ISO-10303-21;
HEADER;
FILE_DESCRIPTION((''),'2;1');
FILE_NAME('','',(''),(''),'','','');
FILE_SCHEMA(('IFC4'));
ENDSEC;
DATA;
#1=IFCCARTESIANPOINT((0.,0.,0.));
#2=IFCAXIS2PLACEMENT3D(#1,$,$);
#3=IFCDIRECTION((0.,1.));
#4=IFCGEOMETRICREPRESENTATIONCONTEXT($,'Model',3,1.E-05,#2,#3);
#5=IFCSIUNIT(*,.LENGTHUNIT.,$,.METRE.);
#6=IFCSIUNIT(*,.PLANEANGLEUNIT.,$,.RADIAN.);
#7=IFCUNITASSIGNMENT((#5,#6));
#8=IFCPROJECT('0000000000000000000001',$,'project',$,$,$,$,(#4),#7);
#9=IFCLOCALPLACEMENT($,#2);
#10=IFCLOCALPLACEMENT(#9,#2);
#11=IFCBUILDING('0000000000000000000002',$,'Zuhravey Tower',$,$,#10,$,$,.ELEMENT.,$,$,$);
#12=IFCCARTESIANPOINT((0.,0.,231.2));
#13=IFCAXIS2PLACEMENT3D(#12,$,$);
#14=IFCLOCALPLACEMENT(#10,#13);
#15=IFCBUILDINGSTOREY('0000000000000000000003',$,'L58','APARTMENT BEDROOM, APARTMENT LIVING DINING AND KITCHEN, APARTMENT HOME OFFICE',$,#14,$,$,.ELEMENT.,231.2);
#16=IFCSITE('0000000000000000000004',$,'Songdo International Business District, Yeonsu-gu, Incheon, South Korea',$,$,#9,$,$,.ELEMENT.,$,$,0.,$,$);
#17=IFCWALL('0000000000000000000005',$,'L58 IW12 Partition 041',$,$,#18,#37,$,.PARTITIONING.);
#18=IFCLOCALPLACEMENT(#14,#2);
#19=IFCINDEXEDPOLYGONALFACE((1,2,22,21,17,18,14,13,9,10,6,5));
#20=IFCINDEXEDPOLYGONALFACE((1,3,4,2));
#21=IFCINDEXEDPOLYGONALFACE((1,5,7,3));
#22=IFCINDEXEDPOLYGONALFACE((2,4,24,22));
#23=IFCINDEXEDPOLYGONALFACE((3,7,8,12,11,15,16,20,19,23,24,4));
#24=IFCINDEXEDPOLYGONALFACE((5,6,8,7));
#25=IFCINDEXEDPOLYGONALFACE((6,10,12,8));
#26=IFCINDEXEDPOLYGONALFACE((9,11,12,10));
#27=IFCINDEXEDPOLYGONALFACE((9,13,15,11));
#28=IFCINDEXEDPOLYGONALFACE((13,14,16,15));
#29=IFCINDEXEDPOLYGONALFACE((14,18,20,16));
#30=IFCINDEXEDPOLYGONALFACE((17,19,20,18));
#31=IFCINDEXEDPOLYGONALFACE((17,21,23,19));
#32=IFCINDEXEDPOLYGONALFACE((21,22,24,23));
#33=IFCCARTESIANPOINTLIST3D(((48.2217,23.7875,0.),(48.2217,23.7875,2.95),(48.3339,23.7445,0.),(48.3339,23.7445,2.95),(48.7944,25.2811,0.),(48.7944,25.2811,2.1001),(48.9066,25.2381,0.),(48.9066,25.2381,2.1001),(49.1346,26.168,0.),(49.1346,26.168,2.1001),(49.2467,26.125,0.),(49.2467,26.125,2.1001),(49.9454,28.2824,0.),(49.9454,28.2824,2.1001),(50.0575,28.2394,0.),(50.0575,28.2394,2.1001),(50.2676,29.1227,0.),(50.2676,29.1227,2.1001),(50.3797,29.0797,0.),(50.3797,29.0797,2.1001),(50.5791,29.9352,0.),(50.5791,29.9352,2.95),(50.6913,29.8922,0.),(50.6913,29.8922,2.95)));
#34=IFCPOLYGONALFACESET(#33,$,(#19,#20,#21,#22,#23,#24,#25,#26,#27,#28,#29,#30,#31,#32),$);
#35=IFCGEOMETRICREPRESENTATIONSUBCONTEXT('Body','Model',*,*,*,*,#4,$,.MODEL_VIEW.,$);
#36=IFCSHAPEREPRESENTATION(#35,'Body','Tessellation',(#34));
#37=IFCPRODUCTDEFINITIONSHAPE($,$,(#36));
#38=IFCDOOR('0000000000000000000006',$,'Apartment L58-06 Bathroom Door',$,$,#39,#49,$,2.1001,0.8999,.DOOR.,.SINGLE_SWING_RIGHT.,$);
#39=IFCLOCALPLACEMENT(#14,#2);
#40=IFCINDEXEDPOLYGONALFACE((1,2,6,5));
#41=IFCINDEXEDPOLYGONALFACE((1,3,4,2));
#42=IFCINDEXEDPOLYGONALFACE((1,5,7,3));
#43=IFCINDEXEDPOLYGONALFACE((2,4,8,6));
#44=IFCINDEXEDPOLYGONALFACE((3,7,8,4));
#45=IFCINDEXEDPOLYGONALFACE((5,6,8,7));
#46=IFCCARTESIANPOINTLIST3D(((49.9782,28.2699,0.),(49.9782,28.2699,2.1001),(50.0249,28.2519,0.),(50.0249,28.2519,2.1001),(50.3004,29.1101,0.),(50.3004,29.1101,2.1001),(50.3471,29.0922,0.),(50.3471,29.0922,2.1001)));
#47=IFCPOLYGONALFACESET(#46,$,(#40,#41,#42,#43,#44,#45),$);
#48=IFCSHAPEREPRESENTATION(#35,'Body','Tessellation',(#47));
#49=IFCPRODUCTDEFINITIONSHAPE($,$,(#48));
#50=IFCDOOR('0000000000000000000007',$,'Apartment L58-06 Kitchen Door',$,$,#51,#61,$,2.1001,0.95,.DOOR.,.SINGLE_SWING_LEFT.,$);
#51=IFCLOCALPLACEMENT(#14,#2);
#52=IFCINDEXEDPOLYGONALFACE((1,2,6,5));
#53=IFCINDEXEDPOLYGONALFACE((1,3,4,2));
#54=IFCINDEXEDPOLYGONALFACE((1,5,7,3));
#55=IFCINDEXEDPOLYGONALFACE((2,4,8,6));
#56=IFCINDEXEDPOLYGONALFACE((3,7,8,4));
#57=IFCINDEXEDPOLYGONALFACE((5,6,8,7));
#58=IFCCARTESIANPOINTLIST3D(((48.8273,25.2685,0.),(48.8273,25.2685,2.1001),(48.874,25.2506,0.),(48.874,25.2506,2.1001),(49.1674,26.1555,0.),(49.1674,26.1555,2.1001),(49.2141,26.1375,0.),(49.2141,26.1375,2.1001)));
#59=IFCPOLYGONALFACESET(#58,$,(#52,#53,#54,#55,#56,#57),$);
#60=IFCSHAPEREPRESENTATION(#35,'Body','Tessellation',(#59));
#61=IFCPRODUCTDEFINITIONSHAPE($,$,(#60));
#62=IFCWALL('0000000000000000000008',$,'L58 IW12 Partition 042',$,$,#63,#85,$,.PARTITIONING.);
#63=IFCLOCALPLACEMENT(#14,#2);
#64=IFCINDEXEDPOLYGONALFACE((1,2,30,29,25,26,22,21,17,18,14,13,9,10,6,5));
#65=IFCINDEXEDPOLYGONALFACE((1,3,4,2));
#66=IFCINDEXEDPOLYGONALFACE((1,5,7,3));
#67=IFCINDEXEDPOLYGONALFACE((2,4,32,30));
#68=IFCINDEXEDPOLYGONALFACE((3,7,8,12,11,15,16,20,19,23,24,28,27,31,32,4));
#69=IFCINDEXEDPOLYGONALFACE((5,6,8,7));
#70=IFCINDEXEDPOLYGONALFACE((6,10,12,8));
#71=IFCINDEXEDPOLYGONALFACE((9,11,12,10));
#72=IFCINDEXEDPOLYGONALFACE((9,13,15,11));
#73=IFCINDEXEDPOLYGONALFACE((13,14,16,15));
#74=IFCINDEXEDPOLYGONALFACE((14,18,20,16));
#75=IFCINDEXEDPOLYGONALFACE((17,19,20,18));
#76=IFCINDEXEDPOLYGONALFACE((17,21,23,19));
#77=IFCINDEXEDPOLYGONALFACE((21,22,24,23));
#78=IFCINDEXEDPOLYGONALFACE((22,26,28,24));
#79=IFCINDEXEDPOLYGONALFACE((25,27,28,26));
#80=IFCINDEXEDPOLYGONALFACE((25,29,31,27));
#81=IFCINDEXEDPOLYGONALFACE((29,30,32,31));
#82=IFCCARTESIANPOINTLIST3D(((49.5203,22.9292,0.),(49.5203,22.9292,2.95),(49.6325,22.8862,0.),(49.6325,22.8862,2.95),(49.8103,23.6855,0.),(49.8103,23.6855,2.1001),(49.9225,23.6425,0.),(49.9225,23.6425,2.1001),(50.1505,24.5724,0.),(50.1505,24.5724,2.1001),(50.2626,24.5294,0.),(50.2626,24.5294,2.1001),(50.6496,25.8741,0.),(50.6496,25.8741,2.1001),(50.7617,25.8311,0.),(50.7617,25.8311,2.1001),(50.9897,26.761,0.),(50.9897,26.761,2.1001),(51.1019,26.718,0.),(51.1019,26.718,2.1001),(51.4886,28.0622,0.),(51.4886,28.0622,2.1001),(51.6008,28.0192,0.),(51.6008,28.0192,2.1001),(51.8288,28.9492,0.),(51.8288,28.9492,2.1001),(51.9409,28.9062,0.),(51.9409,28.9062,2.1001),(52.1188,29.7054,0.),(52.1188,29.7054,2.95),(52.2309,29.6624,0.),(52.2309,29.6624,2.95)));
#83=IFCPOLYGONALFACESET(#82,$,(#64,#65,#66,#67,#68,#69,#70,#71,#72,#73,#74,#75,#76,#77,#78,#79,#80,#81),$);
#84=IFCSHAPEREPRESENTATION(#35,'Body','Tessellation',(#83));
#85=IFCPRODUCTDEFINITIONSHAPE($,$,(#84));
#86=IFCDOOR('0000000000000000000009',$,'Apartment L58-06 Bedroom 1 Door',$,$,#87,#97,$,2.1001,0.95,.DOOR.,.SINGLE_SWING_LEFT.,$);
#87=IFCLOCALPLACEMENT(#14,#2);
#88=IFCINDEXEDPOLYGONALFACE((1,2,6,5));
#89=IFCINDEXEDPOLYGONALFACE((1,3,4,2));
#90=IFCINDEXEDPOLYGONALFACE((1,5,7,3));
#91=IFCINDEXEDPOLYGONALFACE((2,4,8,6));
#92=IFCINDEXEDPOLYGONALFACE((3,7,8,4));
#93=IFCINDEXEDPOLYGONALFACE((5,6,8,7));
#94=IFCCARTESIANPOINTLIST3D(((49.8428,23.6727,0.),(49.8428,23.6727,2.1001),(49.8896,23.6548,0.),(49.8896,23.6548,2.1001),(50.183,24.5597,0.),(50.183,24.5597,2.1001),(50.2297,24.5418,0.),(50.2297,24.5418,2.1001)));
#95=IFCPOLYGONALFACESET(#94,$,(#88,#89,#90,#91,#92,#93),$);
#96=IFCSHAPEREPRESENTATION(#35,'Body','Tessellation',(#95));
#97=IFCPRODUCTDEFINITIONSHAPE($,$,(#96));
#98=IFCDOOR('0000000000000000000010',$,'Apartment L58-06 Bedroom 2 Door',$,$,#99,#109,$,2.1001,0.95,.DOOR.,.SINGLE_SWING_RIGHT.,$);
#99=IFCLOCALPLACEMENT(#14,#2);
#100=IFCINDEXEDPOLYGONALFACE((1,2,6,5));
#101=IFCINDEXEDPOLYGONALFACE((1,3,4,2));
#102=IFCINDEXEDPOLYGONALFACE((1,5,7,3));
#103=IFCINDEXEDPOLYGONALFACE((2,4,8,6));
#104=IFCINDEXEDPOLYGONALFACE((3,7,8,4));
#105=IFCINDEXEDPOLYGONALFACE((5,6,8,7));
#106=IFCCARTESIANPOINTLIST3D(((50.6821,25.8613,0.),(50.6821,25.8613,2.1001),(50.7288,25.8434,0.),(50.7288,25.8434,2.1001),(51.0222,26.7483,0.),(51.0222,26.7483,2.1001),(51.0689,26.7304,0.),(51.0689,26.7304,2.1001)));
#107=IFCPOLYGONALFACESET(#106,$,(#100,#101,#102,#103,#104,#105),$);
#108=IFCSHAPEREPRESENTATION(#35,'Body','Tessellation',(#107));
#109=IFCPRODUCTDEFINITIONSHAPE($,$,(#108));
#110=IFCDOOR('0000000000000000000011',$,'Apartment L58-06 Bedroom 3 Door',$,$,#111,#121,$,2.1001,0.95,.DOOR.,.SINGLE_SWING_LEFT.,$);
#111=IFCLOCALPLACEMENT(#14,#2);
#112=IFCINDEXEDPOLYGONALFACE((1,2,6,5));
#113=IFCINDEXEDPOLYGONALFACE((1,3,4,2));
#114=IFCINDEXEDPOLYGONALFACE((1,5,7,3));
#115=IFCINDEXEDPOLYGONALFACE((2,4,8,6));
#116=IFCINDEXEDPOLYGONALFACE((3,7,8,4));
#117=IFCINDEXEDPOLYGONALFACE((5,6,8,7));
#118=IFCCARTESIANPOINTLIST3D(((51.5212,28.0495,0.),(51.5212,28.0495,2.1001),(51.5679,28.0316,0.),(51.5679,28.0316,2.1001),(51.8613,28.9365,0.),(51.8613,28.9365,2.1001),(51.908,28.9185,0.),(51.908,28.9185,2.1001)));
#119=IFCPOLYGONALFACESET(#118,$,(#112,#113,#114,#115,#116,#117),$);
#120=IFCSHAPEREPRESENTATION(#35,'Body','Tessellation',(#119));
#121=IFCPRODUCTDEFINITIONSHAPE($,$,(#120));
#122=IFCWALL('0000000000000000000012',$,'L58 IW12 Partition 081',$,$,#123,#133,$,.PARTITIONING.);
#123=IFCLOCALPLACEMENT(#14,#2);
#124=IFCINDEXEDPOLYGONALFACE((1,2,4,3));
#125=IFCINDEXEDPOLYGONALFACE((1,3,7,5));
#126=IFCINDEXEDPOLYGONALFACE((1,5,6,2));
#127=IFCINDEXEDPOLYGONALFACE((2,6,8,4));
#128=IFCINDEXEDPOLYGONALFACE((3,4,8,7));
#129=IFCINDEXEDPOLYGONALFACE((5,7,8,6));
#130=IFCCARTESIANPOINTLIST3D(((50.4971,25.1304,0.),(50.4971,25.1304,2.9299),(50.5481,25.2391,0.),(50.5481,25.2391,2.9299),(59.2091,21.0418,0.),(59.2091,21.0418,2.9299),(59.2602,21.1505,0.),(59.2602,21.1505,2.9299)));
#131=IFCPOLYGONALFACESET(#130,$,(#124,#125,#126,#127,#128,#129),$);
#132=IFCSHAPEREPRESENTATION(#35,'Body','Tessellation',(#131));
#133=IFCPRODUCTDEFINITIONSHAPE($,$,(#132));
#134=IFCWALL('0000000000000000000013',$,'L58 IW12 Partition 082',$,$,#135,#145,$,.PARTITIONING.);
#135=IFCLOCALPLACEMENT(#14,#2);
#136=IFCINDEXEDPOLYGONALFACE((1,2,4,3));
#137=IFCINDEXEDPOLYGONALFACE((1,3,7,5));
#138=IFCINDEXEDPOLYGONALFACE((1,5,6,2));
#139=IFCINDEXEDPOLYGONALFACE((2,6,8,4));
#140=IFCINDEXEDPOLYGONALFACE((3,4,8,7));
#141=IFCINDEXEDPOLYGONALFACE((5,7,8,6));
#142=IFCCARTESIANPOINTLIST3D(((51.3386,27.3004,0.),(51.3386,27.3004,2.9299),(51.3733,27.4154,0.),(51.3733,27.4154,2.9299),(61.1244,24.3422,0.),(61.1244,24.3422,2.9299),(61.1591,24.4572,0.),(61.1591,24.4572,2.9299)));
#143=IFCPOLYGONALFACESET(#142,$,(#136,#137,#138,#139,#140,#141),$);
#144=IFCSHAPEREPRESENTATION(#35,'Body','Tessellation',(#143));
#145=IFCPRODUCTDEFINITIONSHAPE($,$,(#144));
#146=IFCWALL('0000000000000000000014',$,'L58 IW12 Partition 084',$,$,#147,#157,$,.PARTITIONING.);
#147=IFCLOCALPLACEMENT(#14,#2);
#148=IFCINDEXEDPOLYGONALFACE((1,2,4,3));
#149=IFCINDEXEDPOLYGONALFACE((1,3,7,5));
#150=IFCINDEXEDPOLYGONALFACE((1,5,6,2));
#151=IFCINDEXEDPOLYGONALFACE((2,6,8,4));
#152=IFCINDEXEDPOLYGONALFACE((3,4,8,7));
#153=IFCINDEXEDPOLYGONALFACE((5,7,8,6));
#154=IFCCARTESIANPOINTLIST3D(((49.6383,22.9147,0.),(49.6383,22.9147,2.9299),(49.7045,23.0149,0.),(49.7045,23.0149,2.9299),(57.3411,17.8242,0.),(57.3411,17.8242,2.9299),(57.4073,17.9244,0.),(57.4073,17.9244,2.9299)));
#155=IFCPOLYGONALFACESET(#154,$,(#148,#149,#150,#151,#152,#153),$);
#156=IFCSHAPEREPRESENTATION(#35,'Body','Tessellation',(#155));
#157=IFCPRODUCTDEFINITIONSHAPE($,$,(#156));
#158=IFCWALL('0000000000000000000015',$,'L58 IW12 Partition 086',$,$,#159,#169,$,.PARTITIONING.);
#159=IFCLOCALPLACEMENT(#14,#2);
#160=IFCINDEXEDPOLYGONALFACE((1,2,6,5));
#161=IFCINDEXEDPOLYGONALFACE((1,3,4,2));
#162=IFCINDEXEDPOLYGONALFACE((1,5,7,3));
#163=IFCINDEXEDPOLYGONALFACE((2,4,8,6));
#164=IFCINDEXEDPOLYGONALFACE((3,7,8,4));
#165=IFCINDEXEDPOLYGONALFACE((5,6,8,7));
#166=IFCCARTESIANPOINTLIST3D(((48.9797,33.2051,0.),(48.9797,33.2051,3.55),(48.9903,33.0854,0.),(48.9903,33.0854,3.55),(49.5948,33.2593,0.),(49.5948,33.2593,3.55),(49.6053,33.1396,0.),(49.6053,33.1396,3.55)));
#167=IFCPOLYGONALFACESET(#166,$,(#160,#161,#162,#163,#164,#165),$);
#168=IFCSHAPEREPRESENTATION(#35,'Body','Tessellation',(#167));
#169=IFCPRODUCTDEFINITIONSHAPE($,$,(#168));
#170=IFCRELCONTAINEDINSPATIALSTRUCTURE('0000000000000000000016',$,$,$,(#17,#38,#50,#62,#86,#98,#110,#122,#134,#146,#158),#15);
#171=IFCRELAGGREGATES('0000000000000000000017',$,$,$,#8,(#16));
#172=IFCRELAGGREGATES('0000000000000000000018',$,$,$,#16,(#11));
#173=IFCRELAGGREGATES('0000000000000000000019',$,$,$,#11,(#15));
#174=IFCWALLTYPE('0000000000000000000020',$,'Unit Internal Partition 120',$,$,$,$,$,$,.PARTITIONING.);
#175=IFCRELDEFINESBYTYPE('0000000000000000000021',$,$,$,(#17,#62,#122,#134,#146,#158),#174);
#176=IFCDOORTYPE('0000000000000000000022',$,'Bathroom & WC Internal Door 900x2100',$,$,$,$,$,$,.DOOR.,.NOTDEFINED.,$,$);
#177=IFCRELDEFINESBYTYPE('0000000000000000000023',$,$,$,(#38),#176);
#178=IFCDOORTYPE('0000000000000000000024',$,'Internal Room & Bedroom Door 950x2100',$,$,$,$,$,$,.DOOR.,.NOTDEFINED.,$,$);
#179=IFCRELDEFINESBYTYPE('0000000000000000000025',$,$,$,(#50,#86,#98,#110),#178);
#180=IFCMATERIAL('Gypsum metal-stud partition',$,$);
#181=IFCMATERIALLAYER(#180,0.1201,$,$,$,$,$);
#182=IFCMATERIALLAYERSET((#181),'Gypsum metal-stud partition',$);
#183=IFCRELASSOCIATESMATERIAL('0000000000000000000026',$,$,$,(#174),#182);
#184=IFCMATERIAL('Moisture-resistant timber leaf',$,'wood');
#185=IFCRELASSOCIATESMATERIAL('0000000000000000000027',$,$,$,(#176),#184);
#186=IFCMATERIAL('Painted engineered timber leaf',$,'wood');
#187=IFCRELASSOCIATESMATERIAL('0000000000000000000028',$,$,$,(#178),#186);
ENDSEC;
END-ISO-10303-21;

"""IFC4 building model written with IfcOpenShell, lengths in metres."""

from ifc_helpers import new_model, si_unit, direction, frame, frame_2d, origin, place, context, subcontext, project, spatial, rectangle, extrude, material, layer, layer_set, type_object, element, fill, save


model = new_model("IFC4")

# Units and contexts
model_context = context("Model", 3, precision=1e-05, world=origin(), true_north=direction((0.0, 1.0)))
body_context = subcontext(model_context, "Body", "Model", "MODEL_VIEW")
ifc_project = project(units=[si_unit("LENGTHUNIT", "METRE"), si_unit("PLANEANGLEUNIT", "RADIAN")], contexts=[model_context])

# Site, building, storey
site_placement = place(None, origin())
site = spatial("IfcSite", under=ifc_project, at=site_placement, Name="Songdo International Business District, Yeonsu-gu, Incheon, South Korea", CompositionType="ELEMENT", RefElevation=0.0)
building_placement = place(site_placement, origin())
building = spatial("IfcBuilding", under=site, at=building_placement, Name="Zuhravey Tower", CompositionType="ELEMENT")
storey_placement = place(building_placement, frame((0.0, 0.0, 231.2)))
storey = spatial("IfcBuildingStorey", under=building, at=storey_placement, Name="L58", Description="APARTMENT BEDROOM, APARTMENT LIVING DINING AND KITCHEN, APARTMENT HOME OFFICE", CompositionType="ELEMENT", Elevation=231.2)

# Walls, openings, doors
ifc_material_1 = material(Name="Gypsum metal-stud partition")
ifc_layer_1 = layer(ifc_material_1, 0.1201)
ifc_layer_set_1 = layer_set([ifc_layer_1], Name="Gypsum metal-stud partition")
wall_type_1 = type_object("IfcWallType", Name="Unit Internal Partition 120", PredefinedType="PARTITIONING", material=ifc_layer_set_1)
wall_1_placement = place(storey_placement, frame((48.2778, 23.7661, 0.0), z_axis=(0.0, 0.0, 1.0), x_axis=(0.358042, 0.933705, 0.0)))
wall_1 = element("IfcWall", 1, at=wall_1_placement, inside=storey, type_object=wall_type_1, Name="L58 IW12 Partition 041", PredefinedType="PARTITIONING", context=body_context, shape_type="SweptSolid", body=[
    extrude(rectangle(XDim=6.5842, YDim=0.1201, at=frame_2d((3.292, 0.0))), origin(), (0.0, 0.0, 1.0), 2.95),
])
opening_1_placement = place(wall_1_placement, frame((1.5994, 0.0, 0.0)))
opening_1 = element("IfcOpeningElement", 2, at=opening_1_placement, cuts=wall_1, PredefinedType="OPENING", context=body_context, shape_type="SweptSolid", body=[
    extrude(rectangle(XDim=0.95, YDim=2.1001, at=frame_2d((0.4751, 1.05))), frame((0.0, 0.072, 0.0), z_axis=(0.0, -1.0, 0.0), x_axis=(1.0, 0.0, 0.0)), (0.0, 0.0, 1.0), 0.144),
])
opening_2_placement = place(wall_1_placement, frame((4.814, 0.0, 0.0)))
opening_2 = element("IfcOpeningElement", 3, at=opening_2_placement, cuts=wall_1, PredefinedType="OPENING", context=body_context, shape_type="SweptSolid", body=[
    extrude(rectangle(XDim=0.8999, YDim=2.1001, at=frame_2d((0.45, 1.05))), frame((0.0, 0.072, 0.0), z_axis=(0.0, -1.0, 0.0), x_axis=(1.0, 0.0, 0.0)), (0.0, 0.0, 1.0), 0.144),
])
ifc_material_2 = material(Name="Moisture-resistant timber leaf", Category="wood")
door_type_1 = type_object("IfcDoorType", Name="Bathroom & WC Internal Door 900x2100", OperationType="NOTDEFINED", PredefinedType="DOOR", material=ifc_material_2)
door_1_placement = place(opening_2_placement, origin())
door_1 = element("IfcDoor", 4, at=door_1_placement, inside=storey, type_object=door_type_1, Name="Apartment L58-06 Bathroom Door", OperationType="SINGLE_SWING_RIGHT", OverallHeight=2.1001, OverallWidth=0.8999, PredefinedType="DOOR", context=body_context, shape_type="SweptSolid", body=[
    extrude(rectangle(XDim=0.8999, YDim=2.1001, at=frame_2d((0.45, 1.05))), frame((0.0, 0.0249, 0.0), z_axis=(0.0, -1.0, 0.0), x_axis=(1.0, 0.0, 0.0)), (0.0, 0.0, 1.0), 0.05),
])
fill(opening_2, door_1)
ifc_material_3 = material(Name="Painted engineered timber leaf", Category="wood")
door_type_2 = type_object("IfcDoorType", Name="Internal Room & Bedroom Door 950x2100", OperationType="NOTDEFINED", PredefinedType="DOOR", material=ifc_material_3)
door_2_placement = place(opening_1_placement, origin())
door_2 = element("IfcDoor", 5, at=door_2_placement, inside=storey, type_object=door_type_2, Name="Apartment L58-06 Kitchen Door", OperationType="SINGLE_SWING_LEFT", OverallHeight=2.1001, OverallWidth=0.95, PredefinedType="DOOR", context=body_context, shape_type="SweptSolid", body=[
    extrude(rectangle(XDim=0.95, YDim=2.1001, at=frame_2d((0.4751, 1.05))), frame((0.0, 0.0249, 0.0), z_axis=(0.0, -1.0, 0.0), x_axis=(1.0, 0.0, 0.0)), (0.0, 0.0, 1.0), 0.05),
])
fill(opening_1, door_2)
wall_2_placement = place(storey_placement, frame((49.5764, 22.9077, 0.0), z_axis=(0.0, 0.0, 1.0), x_axis=(0.358041, 0.933706, 0.0)))
wall_2 = element("IfcWall", 6, at=wall_2_placement, inside=storey, type_object=wall_type_1, Name="L58 IW12 Partition 042", PredefinedType="PARTITIONING", context=body_context, shape_type="SweptSolid", body=[
    extrude(rectangle(XDim=7.2573, YDim=0.1201, at=frame_2d((3.6287, 0.0))), origin(), (0.0, 0.0, 1.0), 2.95),
])
opening_3_placement = place(wall_2_placement, frame((0.8098, 0.0, 0.0)))
opening_3 = element("IfcOpeningElement", 7, at=opening_3_placement, cuts=wall_2, PredefinedType="OPENING", context=body_context, shape_type="SweptSolid", body=[
    extrude(rectangle(XDim=0.95, YDim=2.1001, at=frame_2d((0.4751, 1.05))), frame((0.0, 0.072, 0.0), z_axis=(0.0, -1.0, 0.0), x_axis=(1.0, 0.0, 0.0)), (0.0, 0.0, 1.0), 0.144),
])
opening_4_placement = place(wall_2_placement, frame((3.1538, 0.0, 0.0)))
opening_4 = element("IfcOpeningElement", 8, at=opening_4_placement, cuts=wall_2, PredefinedType="OPENING", context=body_context, shape_type="SweptSolid", body=[
    extrude(rectangle(XDim=0.95, YDim=2.1001, at=frame_2d((0.4751, 1.05))), frame((0.0, 0.072, 0.0), z_axis=(0.0, -1.0, 0.0), x_axis=(1.0, 0.0, 0.0)), (0.0, 0.0, 1.0), 0.144),
])
opening_5_placement = place(wall_2_placement, frame((5.4973, 0.0, 0.0)))
opening_5 = element("IfcOpeningElement", 9, at=opening_5_placement, cuts=wall_2, PredefinedType="OPENING", context=body_context, shape_type="SweptSolid", body=[
    extrude(rectangle(XDim=0.95, YDim=2.1001, at=frame_2d((0.4751, 1.05))), frame((0.0, 0.072, 0.0), z_axis=(0.0, -1.0, 0.0), x_axis=(1.0, 0.0, 0.0)), (0.0, 0.0, 1.0), 0.144),
])
door_3_placement = place(opening_3_placement, frame((0.95, 0.0, 0.0), z_axis=(0.0, 0.0, 1.0), x_axis=(-1.0, 0.0, 0.0)))
door_3 = element("IfcDoor", 10, at=door_3_placement, inside=storey, type_object=door_type_2, Name="Apartment L58-06 Bedroom 1 Door", OperationType="SINGLE_SWING_LEFT", OverallHeight=2.1001, OverallWidth=0.95, PredefinedType="DOOR", context=body_context, shape_type="SweptSolid", body=[
    extrude(rectangle(XDim=0.95, YDim=2.1001, at=frame_2d((0.4751, 1.05))), frame((0.0, 0.0249, 0.0), z_axis=(0.0, -1.0, 0.0), x_axis=(1.0, 0.0, 0.0)), (0.0, 0.0, 1.0), 0.05),
])
fill(opening_3, door_3)
door_4_placement = place(opening_4_placement, frame((0.95, 0.0, 0.0), z_axis=(0.0, 0.0, 1.0), x_axis=(-1.0, 0.0, 0.0)))
door_4 = element("IfcDoor", 11, at=door_4_placement, inside=storey, type_object=door_type_2, Name="Apartment L58-06 Bedroom 2 Door", OperationType="SINGLE_SWING_RIGHT", OverallHeight=2.1001, OverallWidth=0.95, PredefinedType="DOOR", context=body_context, shape_type="SweptSolid", body=[
    extrude(rectangle(XDim=0.95, YDim=2.1001, at=frame_2d((0.4751, 1.05))), frame((0.0, 0.0249, 0.0), z_axis=(0.0, -1.0, 0.0), x_axis=(1.0, 0.0, 0.0)), (0.0, 0.0, 1.0), 0.05),
])
fill(opening_4, door_4)
door_5_placement = place(opening_5_placement, frame((0.95, 0.0, 0.0), z_axis=(0.0, 0.0, 1.0), x_axis=(-1.0, 0.0, 0.0)))
door_5 = element("IfcDoor", 12, at=door_5_placement, inside=storey, type_object=door_type_2, Name="Apartment L58-06 Bedroom 3 Door", OperationType="SINGLE_SWING_LEFT", OverallHeight=2.1001, OverallWidth=0.95, PredefinedType="DOOR", context=body_context, shape_type="SweptSolid", body=[
    extrude(rectangle(XDim=0.95, YDim=2.1001, at=frame_2d((0.4751, 1.05))), frame((0.0, 0.0249, 0.0), z_axis=(0.0, -1.0, 0.0), x_axis=(1.0, 0.0, 0.0)), (0.0, 0.0, 1.0), 0.05),
])
fill(opening_5, door_5)

# Walls
wall_3_placement = place(storey_placement, frame((50.5225, 25.1848, 0.0), z_axis=(0.0, 0.0, 1.0), x_axis=(0.905267, -0.424843, 0.0)))
element("IfcWall", 13, at=wall_3_placement, inside=storey, type_object=wall_type_1, Name="L58 IW12 Partition 081", PredefinedType="PARTITIONING", context=body_context, shape_type="SweptSolid", body=[
    extrude(rectangle(XDim=9.6238, YDim=0.1201, at=frame_2d((4.812, 0.0))), origin(), (0.0, 0.0, 1.0), 2.9299),
])
wall_4_placement = place(storey_placement, frame((51.356, 27.3579, 0.0), z_axis=(0.0, 0.0, 1.0), x_axis=(0.957219, -0.289365, 0.0)))
element("IfcWall", 14, at=wall_4_placement, inside=storey, type_object=wall_type_1, Name="L58 IW12 Partition 082", PredefinedType="PARTITIONING", context=body_context, shape_type="SweptSolid", body=[
    extrude(rectangle(XDim=10.2231, YDim=0.1201, at=frame_2d((5.1116, 0.0))), origin(), (0.0, 0.0, 1.0), 2.9299),
])
wall_5_placement = place(storey_placement, frame((49.6714, 22.9648, 0.0), z_axis=(0.0, 0.0, 1.0), x_axis=(0.834277, -0.551346, 0.0)))
element("IfcWall", 15, at=wall_5_placement, inside=storey, type_object=wall_type_1, Name="L58 IW12 Partition 084", PredefinedType="PARTITIONING", context=body_context, shape_type="SweptSolid", body=[
    extrude(rectangle(XDim=9.2329, YDim=0.1201, at=frame_2d((4.6165, 0.0))), origin(), (0.0, 0.0, 1.0), 2.9299),
])
wall_6_placement = place(storey_placement, frame((48.9851, 33.1453, 0.0), z_axis=(0.0, 0.0, 1.0), x_axis=(0.996139, 0.08779, 0.0)))
element("IfcWall", 16, at=wall_6_placement, inside=storey, type_object=wall_type_1, Name="L58 IW12 Partition 086", PredefinedType="PARTITIONING", context=body_context, shape_type="SweptSolid", body=[
    extrude(rectangle(XDim=0.6174, YDim=0.1201, at=frame_2d((0.3086, 0.0))), origin(), (0.0, 0.0, 1.0), 3.55),
])

save(model, "model.ifc")
